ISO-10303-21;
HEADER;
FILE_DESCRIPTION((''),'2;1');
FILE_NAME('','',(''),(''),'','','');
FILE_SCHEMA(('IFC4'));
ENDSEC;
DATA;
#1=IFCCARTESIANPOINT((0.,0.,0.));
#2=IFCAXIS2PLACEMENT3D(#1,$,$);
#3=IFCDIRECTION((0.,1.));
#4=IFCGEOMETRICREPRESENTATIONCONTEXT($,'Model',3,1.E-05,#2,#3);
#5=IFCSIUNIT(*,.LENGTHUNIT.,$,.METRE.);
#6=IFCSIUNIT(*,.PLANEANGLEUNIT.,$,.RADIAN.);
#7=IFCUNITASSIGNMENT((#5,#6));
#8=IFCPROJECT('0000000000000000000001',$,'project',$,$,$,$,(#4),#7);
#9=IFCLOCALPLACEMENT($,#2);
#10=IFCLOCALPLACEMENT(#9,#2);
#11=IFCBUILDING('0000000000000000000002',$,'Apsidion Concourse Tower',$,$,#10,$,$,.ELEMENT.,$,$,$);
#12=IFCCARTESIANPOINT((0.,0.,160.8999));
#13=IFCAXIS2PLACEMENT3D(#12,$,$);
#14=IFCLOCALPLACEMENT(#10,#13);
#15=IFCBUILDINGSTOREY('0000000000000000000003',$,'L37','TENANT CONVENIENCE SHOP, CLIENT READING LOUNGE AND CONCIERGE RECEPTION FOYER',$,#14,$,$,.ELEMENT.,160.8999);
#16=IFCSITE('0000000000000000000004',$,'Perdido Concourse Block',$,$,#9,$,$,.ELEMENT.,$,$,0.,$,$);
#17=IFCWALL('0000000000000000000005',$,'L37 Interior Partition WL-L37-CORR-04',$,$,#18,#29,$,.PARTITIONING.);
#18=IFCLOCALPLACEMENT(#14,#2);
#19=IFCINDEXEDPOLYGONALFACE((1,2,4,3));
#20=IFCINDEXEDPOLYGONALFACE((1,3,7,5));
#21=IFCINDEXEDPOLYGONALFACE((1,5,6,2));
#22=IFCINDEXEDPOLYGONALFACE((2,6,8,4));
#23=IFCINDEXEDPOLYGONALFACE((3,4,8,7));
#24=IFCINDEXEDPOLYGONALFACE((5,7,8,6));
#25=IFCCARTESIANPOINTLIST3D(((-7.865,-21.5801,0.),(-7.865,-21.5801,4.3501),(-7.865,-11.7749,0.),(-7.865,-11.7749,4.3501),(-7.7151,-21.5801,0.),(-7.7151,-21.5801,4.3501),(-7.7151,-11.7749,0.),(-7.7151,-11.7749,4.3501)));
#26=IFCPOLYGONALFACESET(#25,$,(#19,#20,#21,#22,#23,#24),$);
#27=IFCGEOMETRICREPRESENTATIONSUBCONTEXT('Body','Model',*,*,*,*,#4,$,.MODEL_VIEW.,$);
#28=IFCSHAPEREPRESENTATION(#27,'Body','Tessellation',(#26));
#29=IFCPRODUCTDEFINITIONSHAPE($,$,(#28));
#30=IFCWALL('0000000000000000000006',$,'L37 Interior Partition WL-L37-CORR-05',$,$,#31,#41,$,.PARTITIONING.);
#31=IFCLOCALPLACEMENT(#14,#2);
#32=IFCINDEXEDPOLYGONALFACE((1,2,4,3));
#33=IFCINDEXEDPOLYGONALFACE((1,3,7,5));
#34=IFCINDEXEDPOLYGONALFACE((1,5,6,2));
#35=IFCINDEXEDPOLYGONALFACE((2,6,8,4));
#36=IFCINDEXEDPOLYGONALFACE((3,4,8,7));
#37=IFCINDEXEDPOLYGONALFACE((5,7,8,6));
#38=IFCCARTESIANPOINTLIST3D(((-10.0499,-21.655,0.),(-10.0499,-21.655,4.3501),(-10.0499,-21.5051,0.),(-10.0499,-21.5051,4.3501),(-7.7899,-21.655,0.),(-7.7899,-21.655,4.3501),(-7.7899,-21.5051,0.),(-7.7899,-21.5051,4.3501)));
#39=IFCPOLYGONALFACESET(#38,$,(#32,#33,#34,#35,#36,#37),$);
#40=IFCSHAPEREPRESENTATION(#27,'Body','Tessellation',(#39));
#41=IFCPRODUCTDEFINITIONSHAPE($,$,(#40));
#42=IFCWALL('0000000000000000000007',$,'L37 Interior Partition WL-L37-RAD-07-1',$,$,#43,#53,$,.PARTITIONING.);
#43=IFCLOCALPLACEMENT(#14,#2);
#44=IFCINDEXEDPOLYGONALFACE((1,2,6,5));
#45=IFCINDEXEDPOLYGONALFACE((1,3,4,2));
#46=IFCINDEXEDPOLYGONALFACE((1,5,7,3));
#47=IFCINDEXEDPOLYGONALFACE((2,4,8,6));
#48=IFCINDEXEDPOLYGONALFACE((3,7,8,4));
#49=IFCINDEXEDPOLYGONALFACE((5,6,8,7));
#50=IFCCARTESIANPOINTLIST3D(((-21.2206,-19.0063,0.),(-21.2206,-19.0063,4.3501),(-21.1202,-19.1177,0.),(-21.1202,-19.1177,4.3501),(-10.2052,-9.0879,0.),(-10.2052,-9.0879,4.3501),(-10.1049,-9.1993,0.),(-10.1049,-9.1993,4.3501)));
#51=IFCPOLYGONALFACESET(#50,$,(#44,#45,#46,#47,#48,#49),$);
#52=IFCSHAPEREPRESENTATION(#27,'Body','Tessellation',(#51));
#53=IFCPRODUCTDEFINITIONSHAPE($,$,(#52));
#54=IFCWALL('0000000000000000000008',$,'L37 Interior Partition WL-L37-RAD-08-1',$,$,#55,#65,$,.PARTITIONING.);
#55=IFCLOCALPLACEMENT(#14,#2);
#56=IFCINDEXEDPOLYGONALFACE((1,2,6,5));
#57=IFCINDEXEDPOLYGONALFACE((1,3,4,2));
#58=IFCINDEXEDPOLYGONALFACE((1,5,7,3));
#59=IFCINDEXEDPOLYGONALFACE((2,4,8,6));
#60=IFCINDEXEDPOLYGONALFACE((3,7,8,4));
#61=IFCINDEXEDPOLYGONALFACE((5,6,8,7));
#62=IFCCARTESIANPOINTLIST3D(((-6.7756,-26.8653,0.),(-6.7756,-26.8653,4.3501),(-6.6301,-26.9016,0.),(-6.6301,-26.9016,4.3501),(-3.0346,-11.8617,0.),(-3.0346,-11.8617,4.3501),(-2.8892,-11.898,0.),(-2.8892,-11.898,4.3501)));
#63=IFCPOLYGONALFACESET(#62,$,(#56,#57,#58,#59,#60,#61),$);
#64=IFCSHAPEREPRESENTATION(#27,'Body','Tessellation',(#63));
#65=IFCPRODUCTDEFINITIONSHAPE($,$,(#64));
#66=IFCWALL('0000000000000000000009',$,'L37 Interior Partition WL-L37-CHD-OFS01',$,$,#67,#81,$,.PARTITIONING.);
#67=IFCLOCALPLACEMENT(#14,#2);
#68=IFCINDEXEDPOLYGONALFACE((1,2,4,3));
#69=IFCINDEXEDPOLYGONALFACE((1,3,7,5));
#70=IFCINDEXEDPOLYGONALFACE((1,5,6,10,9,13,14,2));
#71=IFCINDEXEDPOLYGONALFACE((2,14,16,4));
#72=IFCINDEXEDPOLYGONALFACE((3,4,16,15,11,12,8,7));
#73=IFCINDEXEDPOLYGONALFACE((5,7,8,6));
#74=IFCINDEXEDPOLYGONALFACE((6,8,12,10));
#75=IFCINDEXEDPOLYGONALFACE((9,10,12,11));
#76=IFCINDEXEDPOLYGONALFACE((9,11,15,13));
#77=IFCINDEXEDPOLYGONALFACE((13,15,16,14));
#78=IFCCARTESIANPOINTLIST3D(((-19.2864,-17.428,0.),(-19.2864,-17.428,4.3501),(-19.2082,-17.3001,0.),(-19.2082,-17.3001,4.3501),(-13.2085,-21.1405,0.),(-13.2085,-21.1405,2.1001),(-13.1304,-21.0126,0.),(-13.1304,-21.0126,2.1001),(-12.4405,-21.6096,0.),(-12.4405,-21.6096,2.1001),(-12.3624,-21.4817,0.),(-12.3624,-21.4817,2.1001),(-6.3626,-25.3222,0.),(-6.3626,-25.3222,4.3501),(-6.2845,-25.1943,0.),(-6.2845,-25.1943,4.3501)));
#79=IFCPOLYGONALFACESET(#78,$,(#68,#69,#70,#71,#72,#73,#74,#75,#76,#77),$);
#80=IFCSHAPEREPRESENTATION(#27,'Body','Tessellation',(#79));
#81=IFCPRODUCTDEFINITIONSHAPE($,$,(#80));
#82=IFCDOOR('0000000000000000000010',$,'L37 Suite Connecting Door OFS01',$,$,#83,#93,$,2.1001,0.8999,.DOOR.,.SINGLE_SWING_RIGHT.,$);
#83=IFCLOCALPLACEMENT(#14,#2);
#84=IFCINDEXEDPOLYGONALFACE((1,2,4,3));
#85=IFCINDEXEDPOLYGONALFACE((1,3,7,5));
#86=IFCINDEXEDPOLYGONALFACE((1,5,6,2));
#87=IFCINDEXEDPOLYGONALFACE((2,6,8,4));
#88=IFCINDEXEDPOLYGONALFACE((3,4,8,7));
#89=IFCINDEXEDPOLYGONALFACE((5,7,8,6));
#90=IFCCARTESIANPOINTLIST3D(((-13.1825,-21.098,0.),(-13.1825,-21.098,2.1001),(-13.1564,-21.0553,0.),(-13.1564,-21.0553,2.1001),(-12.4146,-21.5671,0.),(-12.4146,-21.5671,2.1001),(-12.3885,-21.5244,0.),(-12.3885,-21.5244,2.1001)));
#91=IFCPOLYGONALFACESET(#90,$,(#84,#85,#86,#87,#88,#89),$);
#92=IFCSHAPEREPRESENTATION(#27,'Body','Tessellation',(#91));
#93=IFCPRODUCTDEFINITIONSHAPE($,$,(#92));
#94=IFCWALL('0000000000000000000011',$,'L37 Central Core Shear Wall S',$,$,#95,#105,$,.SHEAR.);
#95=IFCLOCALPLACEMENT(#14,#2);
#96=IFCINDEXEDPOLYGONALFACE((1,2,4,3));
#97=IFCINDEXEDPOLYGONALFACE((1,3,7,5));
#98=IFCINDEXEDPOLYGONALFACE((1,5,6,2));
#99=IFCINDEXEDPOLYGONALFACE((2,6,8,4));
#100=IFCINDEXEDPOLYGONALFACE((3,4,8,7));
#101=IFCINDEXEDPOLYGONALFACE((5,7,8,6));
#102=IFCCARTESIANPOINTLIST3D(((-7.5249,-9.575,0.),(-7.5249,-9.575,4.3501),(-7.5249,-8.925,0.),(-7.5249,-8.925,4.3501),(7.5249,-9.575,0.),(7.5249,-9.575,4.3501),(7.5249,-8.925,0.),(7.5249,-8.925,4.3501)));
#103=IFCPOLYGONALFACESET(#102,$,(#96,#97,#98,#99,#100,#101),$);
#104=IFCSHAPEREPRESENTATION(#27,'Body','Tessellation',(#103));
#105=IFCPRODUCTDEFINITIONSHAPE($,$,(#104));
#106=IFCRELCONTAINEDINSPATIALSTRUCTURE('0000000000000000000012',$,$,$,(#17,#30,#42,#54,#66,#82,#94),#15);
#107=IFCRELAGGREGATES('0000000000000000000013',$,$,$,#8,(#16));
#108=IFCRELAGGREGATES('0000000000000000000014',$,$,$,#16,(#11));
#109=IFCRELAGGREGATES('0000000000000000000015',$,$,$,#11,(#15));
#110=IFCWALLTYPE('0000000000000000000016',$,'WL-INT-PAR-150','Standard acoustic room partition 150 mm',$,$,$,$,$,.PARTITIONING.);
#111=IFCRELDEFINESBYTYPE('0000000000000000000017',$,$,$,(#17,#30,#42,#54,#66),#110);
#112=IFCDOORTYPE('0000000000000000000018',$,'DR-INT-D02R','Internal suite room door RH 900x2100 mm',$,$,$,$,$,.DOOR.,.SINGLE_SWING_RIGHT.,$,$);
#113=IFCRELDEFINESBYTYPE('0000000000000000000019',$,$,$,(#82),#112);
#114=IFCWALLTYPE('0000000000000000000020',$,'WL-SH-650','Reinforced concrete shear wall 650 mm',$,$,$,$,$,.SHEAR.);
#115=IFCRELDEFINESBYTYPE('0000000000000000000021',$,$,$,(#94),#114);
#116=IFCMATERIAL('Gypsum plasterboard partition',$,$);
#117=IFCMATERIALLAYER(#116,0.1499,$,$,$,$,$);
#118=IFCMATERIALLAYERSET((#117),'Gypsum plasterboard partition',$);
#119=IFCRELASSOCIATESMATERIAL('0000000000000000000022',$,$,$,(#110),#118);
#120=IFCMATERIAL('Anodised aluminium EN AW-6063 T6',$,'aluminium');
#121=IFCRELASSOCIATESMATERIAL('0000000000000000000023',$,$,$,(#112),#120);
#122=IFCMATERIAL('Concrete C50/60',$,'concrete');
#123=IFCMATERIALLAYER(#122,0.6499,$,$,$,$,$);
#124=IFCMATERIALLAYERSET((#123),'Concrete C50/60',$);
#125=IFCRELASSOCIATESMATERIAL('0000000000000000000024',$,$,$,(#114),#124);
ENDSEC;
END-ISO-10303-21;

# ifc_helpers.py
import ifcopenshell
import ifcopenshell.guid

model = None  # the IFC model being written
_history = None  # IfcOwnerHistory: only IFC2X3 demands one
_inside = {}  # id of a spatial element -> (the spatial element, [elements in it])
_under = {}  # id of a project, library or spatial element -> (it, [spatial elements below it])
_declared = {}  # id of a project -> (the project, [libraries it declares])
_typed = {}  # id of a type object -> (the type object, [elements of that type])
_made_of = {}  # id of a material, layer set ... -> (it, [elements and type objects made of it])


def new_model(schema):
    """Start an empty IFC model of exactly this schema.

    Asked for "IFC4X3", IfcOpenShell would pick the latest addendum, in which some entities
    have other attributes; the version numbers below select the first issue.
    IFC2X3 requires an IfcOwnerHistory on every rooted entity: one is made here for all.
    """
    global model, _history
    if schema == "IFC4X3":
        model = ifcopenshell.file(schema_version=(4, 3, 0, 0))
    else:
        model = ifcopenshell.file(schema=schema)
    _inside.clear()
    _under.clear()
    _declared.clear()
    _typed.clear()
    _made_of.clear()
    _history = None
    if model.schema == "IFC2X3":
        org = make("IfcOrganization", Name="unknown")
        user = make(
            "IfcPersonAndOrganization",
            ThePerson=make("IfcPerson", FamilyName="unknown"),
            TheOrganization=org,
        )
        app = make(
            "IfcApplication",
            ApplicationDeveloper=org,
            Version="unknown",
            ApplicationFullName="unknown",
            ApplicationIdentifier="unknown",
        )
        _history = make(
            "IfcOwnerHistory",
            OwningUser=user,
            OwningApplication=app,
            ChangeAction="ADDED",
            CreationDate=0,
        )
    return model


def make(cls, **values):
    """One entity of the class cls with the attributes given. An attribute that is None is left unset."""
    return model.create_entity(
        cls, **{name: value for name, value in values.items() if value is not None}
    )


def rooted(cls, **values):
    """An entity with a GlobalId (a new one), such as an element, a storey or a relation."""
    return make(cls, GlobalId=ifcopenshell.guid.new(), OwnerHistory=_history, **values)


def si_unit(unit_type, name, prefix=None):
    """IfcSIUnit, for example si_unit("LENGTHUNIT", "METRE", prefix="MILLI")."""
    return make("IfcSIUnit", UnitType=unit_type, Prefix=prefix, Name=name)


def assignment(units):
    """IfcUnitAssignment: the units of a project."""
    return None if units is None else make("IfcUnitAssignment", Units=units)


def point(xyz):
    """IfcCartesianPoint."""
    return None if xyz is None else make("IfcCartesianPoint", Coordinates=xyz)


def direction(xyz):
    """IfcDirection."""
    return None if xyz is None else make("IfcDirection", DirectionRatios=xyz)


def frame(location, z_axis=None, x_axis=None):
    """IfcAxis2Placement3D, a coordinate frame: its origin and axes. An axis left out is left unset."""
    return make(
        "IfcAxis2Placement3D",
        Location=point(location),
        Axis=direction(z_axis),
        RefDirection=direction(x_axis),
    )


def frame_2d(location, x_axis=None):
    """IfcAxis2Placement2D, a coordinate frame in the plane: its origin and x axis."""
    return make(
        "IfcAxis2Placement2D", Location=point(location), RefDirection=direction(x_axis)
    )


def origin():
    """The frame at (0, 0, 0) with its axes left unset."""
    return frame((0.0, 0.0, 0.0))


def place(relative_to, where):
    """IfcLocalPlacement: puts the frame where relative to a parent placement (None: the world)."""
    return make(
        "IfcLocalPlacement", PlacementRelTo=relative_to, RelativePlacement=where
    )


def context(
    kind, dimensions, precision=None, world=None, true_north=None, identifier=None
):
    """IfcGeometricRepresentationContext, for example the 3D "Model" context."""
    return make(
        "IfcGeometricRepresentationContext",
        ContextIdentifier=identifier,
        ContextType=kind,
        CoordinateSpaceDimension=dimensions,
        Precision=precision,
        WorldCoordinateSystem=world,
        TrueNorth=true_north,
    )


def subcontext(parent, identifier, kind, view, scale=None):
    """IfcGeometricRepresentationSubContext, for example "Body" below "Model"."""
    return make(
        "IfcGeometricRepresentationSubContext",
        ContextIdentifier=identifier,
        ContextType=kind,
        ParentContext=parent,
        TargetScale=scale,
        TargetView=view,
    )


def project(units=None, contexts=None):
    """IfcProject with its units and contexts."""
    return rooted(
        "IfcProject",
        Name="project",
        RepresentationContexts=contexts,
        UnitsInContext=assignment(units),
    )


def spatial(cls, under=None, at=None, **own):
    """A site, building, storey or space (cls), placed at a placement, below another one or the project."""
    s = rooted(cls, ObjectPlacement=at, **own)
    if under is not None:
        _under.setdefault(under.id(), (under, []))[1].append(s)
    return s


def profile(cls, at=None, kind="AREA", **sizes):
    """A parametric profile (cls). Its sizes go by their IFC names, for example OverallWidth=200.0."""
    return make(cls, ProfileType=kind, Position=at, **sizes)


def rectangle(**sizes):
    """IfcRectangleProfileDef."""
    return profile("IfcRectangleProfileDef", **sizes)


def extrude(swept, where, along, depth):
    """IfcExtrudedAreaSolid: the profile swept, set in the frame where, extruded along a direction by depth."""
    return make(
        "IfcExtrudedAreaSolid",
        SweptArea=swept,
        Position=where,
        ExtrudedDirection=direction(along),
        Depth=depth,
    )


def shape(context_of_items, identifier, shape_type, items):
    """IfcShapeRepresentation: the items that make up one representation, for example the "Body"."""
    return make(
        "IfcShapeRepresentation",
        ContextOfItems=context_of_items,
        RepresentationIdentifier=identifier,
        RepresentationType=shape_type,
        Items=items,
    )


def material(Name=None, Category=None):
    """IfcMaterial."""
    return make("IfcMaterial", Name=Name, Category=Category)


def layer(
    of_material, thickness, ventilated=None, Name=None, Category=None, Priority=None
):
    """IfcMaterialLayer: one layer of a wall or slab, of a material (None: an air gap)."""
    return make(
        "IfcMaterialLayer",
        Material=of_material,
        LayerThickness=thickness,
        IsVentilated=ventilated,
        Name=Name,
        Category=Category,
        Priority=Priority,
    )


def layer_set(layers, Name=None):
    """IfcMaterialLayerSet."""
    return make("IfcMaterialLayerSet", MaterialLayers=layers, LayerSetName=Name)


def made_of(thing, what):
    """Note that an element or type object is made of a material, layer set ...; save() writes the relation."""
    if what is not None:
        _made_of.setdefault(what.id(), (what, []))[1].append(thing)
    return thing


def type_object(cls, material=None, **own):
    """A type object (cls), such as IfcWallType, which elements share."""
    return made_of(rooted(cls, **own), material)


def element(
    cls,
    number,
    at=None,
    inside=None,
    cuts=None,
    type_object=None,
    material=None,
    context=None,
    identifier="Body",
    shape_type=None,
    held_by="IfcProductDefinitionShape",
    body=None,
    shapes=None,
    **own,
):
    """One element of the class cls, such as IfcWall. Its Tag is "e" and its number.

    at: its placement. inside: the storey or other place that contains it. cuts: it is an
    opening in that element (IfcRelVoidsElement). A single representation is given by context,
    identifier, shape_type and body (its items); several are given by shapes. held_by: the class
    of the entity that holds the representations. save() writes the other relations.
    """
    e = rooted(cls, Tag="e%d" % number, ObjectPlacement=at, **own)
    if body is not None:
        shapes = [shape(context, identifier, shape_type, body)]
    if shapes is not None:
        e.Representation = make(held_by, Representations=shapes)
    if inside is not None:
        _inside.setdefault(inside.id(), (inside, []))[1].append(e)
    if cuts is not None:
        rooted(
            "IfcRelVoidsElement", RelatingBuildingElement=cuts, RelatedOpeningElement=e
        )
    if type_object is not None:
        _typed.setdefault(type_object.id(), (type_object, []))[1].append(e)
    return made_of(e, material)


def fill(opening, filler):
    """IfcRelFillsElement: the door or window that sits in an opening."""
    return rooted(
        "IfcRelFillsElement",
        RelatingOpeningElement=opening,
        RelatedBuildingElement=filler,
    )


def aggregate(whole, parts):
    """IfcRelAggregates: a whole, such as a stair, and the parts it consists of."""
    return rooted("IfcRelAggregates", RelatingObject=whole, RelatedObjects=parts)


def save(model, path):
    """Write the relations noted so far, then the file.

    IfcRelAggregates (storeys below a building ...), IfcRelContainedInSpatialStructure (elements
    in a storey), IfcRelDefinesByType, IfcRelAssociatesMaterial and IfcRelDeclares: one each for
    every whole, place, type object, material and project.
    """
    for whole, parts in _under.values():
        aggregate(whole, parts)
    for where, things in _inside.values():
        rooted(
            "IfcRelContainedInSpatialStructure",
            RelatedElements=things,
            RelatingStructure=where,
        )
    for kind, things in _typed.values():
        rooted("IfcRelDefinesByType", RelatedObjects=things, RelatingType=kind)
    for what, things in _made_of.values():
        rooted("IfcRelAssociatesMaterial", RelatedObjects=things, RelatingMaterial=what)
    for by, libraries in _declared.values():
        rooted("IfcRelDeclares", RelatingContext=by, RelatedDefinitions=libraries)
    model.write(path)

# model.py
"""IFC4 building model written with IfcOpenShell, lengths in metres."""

from ifc_helpers import new_model, si_unit, direction, frame, frame_2d, origin, place, context, subcontext, project, spatial, rectangle, extrude, material, layer, layer_set, type_object, element, fill, save


model = new_model("IFC4")

# Units and contexts
model_context = context("Model", 3, precision=1e-05, world=origin(), true_north=direction((0.0, 1.0)))
body_context = subcontext(model_context, "Body", "Model", "MODEL_VIEW")
ifc_project = project(units=[si_unit("LENGTHUNIT", "METRE"), si_unit("PLANEANGLEUNIT", "RADIAN")], contexts=[model_context])

# Site, building, storey
site_placement = place(None, origin())
site = spatial("IfcSite", under=ifc_project, at=site_placement, Name="Perdido Concourse Block", CompositionType="ELEMENT", RefElevation=0.0)
building_placement = place(site_placement, origin())
building = spatial("IfcBuilding", under=site, at=building_placement, Name="Apsidion Concourse Tower", CompositionType="ELEMENT")
storey_placement = place(building_placement, frame((0.0, 0.0, 160.8999)))
storey = spatial("IfcBuildingStorey", under=building, at=storey_placement, Name="L37", Description="TENANT CONVENIENCE SHOP, CLIENT READING LOUNGE AND CONCIERGE RECEPTION FOYER", CompositionType="ELEMENT", Elevation=160.8999)

# Shared definitions
ifc_material_1 = material(Name="Concrete C50/60", Category="concrete")

# Walls
ifc_material_2 = material(Name="Gypsum plasterboard partition")
ifc_layer_1 = layer(ifc_material_2, 0.1499)
ifc_layer_set_1 = layer_set([ifc_layer_1], Name="Gypsum plasterboard partition")
wall_type_1 = type_object("IfcWallType", Name="WL-INT-PAR-150", Description="Standard acoustic room partition 150 mm", PredefinedType="PARTITIONING", material=ifc_layer_set_1)
wall_1_placement = place(storey_placement, frame((-7.79, -11.7749, 0.0), z_axis=(0.0, 0.0, 1.0), x_axis=(0.0, -1.0, 0.0)))
element("IfcWall", 1, at=wall_1_placement, inside=storey, type_object=wall_type_1, Name="L37 Interior Partition WL-L37-CORR-04", PredefinedType="PARTITIONING", context=body_context, shape_type="SweptSolid", body=[
    extrude(rectangle(XDim=9.8052, YDim=0.1499, at=frame_2d((4.9026, 0.0))), origin(), (0.0, 0.0, 1.0), 4.3501),
])
wall_2_placement = place(storey_placement, frame((-7.79, -21.5801, 0.0), z_axis=(0.0, 0.0, 1.0), x_axis=(-1.0, 0.0, 0.0)))
element("IfcWall", 2, at=wall_2_placement, inside=storey, type_object=wall_type_1, Name="L37 Interior Partition WL-L37-CORR-05", PredefinedType="PARTITIONING", context=body_context, shape_type="SweptSolid", body=[
    extrude(rectangle(XDim=2.26, YDim=0.1499, at=frame_2d((1.1299, 0.0))), origin(), (0.0, 0.0, 1.0), 4.3501),
])
wall_3_placement = place(storey_placement, frame((-10.155, -9.1436, 0.0), z_axis=(0.0, 0.0, 1.0), x_axis=(-0.743139, -0.669137, 0.0)))
element("IfcWall", 3, at=wall_3_placement, inside=storey, type_object=wall_type_1, Name="L37 Interior Partition WL-L37-RAD-07-1", PredefinedType="PARTITIONING", context=body_context, shape_type="SweptSolid", body=[
    extrude(rectangle(XDim=14.8228, YDim=0.1499, at=frame_2d((7.4114, 0.0))), origin(), (0.0, 0.0, 1.0), 4.3501),
])
wall_4_placement = place(storey_placement, frame((-2.9619, -11.8799, 0.0), z_axis=(0.0, 0.0, 1.0), x_axis=(-0.24193, -0.970294, 0.0)))
element("IfcWall", 4, at=wall_4_placement, inside=storey, type_object=wall_type_1, Name="L37 Interior Partition WL-L37-RAD-08-1", PredefinedType="PARTITIONING", context=body_context, shape_type="SweptSolid", body=[
    extrude(rectangle(XDim=15.4629, YDim=0.1499, at=frame_2d((7.7314, 0.0))), origin(), (0.0, 0.0, 1.0), 4.3501),
])

# Wall, opening, door
wall_5_placement = place(storey_placement, frame((-19.2473, -17.364, 0.0), z_axis=(0.0, 0.0, 1.0), x_axis=(0.853388, -0.521277, 0.0)))
wall_5 = element("IfcWall", 5, at=wall_5_placement, inside=storey, type_object=wall_type_1, Name="L37 Interior Partition WL-L37-CHD-OFS01", PredefinedType="PARTITIONING", context=body_context, shape_type="SweptSolid", body=[
    extrude(rectangle(XDim=15.144, YDim=0.1499, at=frame_2d((7.572, 0.0))), origin(), (0.0, 0.0, 1.0), 4.3501),
])
opening_1_placement = place(wall_5_placement, frame((7.1221, 0.0, 0.0)))
opening_1 = element("IfcOpeningElement", 6, at=opening_1_placement, cuts=wall_5, PredefinedType="OPENING", context=body_context, shape_type="SweptSolid", body=[
    extrude(rectangle(XDim=0.8999, YDim=2.1001, at=frame_2d((0.45, 1.05))), frame((0.0, 0.085, 0.0), z_axis=(0.0, -1.0, 0.0), x_axis=(1.0, 0.0, 0.0)), (0.0, 0.0, 1.0), 0.1699),
])
ifc_material_3 = material(Name="Anodised aluminium EN AW-6063 T6", Category="aluminium")
door_type_1 = type_object("IfcDoorType", Name="DR-INT-D02R", Description="Internal suite room door RH 900x2100 mm", OperationType="SINGLE_SWING_RIGHT", PredefinedType="DOOR", material=ifc_material_3)
door_1_placement = place(opening_1_placement, origin())
door_1 = element("IfcDoor", 7, at=door_1_placement, inside=storey, type_object=door_type_1, Name="L37 Suite Connecting Door OFS01", OperationType="SINGLE_SWING_RIGHT", OverallHeight=2.1001, OverallWidth=0.8999, PredefinedType="DOOR", context=body_context, shape_type="SweptSolid", body=[
    extrude(rectangle(XDim=0.8999, YDim=2.1001, at=frame_2d((0.45, 1.05))), frame((0.0, 0.0249, 0.0), z_axis=(0.0, -1.0, 0.0), x_axis=(1.0, 0.0, 0.0)), (0.0, 0.0, 1.0), 0.05),
])
fill(opening_1, door_1)

# Shared definitions
ifc_layer_2 = layer(ifc_material_1, 0.6499)
ifc_layer_set_2 = layer_set([ifc_layer_2], Name="Concrete C50/60")
wall_type_2 = type_object("IfcWallType", Name="WL-SH-650", Description="Reinforced concrete shear wall 650 mm", PredefinedType="SHEAR", material=ifc_layer_set_2)

# Wall
wall_6_placement = place(storey_placement, frame((-7.5249, -9.25, 0.0), z_axis=(0.0, 0.0, 1.0), x_axis=(1.0, 0.0, 0.0)))
element("IfcWall", 8, at=wall_6_placement, inside=storey, type_object=wall_type_2, Name="L37 Central Core Shear Wall S", PredefinedType="SHEAR", context=body_context, shape_type="SweptSolid", body=[
    extrude(rectangle(XDim=15.0498, YDim=0.6499, at=frame_2d((7.5249, 0.0))), origin(), (0.0, 0.0, 1.0), 4.3501),
])

save(model, "model.ifc")
